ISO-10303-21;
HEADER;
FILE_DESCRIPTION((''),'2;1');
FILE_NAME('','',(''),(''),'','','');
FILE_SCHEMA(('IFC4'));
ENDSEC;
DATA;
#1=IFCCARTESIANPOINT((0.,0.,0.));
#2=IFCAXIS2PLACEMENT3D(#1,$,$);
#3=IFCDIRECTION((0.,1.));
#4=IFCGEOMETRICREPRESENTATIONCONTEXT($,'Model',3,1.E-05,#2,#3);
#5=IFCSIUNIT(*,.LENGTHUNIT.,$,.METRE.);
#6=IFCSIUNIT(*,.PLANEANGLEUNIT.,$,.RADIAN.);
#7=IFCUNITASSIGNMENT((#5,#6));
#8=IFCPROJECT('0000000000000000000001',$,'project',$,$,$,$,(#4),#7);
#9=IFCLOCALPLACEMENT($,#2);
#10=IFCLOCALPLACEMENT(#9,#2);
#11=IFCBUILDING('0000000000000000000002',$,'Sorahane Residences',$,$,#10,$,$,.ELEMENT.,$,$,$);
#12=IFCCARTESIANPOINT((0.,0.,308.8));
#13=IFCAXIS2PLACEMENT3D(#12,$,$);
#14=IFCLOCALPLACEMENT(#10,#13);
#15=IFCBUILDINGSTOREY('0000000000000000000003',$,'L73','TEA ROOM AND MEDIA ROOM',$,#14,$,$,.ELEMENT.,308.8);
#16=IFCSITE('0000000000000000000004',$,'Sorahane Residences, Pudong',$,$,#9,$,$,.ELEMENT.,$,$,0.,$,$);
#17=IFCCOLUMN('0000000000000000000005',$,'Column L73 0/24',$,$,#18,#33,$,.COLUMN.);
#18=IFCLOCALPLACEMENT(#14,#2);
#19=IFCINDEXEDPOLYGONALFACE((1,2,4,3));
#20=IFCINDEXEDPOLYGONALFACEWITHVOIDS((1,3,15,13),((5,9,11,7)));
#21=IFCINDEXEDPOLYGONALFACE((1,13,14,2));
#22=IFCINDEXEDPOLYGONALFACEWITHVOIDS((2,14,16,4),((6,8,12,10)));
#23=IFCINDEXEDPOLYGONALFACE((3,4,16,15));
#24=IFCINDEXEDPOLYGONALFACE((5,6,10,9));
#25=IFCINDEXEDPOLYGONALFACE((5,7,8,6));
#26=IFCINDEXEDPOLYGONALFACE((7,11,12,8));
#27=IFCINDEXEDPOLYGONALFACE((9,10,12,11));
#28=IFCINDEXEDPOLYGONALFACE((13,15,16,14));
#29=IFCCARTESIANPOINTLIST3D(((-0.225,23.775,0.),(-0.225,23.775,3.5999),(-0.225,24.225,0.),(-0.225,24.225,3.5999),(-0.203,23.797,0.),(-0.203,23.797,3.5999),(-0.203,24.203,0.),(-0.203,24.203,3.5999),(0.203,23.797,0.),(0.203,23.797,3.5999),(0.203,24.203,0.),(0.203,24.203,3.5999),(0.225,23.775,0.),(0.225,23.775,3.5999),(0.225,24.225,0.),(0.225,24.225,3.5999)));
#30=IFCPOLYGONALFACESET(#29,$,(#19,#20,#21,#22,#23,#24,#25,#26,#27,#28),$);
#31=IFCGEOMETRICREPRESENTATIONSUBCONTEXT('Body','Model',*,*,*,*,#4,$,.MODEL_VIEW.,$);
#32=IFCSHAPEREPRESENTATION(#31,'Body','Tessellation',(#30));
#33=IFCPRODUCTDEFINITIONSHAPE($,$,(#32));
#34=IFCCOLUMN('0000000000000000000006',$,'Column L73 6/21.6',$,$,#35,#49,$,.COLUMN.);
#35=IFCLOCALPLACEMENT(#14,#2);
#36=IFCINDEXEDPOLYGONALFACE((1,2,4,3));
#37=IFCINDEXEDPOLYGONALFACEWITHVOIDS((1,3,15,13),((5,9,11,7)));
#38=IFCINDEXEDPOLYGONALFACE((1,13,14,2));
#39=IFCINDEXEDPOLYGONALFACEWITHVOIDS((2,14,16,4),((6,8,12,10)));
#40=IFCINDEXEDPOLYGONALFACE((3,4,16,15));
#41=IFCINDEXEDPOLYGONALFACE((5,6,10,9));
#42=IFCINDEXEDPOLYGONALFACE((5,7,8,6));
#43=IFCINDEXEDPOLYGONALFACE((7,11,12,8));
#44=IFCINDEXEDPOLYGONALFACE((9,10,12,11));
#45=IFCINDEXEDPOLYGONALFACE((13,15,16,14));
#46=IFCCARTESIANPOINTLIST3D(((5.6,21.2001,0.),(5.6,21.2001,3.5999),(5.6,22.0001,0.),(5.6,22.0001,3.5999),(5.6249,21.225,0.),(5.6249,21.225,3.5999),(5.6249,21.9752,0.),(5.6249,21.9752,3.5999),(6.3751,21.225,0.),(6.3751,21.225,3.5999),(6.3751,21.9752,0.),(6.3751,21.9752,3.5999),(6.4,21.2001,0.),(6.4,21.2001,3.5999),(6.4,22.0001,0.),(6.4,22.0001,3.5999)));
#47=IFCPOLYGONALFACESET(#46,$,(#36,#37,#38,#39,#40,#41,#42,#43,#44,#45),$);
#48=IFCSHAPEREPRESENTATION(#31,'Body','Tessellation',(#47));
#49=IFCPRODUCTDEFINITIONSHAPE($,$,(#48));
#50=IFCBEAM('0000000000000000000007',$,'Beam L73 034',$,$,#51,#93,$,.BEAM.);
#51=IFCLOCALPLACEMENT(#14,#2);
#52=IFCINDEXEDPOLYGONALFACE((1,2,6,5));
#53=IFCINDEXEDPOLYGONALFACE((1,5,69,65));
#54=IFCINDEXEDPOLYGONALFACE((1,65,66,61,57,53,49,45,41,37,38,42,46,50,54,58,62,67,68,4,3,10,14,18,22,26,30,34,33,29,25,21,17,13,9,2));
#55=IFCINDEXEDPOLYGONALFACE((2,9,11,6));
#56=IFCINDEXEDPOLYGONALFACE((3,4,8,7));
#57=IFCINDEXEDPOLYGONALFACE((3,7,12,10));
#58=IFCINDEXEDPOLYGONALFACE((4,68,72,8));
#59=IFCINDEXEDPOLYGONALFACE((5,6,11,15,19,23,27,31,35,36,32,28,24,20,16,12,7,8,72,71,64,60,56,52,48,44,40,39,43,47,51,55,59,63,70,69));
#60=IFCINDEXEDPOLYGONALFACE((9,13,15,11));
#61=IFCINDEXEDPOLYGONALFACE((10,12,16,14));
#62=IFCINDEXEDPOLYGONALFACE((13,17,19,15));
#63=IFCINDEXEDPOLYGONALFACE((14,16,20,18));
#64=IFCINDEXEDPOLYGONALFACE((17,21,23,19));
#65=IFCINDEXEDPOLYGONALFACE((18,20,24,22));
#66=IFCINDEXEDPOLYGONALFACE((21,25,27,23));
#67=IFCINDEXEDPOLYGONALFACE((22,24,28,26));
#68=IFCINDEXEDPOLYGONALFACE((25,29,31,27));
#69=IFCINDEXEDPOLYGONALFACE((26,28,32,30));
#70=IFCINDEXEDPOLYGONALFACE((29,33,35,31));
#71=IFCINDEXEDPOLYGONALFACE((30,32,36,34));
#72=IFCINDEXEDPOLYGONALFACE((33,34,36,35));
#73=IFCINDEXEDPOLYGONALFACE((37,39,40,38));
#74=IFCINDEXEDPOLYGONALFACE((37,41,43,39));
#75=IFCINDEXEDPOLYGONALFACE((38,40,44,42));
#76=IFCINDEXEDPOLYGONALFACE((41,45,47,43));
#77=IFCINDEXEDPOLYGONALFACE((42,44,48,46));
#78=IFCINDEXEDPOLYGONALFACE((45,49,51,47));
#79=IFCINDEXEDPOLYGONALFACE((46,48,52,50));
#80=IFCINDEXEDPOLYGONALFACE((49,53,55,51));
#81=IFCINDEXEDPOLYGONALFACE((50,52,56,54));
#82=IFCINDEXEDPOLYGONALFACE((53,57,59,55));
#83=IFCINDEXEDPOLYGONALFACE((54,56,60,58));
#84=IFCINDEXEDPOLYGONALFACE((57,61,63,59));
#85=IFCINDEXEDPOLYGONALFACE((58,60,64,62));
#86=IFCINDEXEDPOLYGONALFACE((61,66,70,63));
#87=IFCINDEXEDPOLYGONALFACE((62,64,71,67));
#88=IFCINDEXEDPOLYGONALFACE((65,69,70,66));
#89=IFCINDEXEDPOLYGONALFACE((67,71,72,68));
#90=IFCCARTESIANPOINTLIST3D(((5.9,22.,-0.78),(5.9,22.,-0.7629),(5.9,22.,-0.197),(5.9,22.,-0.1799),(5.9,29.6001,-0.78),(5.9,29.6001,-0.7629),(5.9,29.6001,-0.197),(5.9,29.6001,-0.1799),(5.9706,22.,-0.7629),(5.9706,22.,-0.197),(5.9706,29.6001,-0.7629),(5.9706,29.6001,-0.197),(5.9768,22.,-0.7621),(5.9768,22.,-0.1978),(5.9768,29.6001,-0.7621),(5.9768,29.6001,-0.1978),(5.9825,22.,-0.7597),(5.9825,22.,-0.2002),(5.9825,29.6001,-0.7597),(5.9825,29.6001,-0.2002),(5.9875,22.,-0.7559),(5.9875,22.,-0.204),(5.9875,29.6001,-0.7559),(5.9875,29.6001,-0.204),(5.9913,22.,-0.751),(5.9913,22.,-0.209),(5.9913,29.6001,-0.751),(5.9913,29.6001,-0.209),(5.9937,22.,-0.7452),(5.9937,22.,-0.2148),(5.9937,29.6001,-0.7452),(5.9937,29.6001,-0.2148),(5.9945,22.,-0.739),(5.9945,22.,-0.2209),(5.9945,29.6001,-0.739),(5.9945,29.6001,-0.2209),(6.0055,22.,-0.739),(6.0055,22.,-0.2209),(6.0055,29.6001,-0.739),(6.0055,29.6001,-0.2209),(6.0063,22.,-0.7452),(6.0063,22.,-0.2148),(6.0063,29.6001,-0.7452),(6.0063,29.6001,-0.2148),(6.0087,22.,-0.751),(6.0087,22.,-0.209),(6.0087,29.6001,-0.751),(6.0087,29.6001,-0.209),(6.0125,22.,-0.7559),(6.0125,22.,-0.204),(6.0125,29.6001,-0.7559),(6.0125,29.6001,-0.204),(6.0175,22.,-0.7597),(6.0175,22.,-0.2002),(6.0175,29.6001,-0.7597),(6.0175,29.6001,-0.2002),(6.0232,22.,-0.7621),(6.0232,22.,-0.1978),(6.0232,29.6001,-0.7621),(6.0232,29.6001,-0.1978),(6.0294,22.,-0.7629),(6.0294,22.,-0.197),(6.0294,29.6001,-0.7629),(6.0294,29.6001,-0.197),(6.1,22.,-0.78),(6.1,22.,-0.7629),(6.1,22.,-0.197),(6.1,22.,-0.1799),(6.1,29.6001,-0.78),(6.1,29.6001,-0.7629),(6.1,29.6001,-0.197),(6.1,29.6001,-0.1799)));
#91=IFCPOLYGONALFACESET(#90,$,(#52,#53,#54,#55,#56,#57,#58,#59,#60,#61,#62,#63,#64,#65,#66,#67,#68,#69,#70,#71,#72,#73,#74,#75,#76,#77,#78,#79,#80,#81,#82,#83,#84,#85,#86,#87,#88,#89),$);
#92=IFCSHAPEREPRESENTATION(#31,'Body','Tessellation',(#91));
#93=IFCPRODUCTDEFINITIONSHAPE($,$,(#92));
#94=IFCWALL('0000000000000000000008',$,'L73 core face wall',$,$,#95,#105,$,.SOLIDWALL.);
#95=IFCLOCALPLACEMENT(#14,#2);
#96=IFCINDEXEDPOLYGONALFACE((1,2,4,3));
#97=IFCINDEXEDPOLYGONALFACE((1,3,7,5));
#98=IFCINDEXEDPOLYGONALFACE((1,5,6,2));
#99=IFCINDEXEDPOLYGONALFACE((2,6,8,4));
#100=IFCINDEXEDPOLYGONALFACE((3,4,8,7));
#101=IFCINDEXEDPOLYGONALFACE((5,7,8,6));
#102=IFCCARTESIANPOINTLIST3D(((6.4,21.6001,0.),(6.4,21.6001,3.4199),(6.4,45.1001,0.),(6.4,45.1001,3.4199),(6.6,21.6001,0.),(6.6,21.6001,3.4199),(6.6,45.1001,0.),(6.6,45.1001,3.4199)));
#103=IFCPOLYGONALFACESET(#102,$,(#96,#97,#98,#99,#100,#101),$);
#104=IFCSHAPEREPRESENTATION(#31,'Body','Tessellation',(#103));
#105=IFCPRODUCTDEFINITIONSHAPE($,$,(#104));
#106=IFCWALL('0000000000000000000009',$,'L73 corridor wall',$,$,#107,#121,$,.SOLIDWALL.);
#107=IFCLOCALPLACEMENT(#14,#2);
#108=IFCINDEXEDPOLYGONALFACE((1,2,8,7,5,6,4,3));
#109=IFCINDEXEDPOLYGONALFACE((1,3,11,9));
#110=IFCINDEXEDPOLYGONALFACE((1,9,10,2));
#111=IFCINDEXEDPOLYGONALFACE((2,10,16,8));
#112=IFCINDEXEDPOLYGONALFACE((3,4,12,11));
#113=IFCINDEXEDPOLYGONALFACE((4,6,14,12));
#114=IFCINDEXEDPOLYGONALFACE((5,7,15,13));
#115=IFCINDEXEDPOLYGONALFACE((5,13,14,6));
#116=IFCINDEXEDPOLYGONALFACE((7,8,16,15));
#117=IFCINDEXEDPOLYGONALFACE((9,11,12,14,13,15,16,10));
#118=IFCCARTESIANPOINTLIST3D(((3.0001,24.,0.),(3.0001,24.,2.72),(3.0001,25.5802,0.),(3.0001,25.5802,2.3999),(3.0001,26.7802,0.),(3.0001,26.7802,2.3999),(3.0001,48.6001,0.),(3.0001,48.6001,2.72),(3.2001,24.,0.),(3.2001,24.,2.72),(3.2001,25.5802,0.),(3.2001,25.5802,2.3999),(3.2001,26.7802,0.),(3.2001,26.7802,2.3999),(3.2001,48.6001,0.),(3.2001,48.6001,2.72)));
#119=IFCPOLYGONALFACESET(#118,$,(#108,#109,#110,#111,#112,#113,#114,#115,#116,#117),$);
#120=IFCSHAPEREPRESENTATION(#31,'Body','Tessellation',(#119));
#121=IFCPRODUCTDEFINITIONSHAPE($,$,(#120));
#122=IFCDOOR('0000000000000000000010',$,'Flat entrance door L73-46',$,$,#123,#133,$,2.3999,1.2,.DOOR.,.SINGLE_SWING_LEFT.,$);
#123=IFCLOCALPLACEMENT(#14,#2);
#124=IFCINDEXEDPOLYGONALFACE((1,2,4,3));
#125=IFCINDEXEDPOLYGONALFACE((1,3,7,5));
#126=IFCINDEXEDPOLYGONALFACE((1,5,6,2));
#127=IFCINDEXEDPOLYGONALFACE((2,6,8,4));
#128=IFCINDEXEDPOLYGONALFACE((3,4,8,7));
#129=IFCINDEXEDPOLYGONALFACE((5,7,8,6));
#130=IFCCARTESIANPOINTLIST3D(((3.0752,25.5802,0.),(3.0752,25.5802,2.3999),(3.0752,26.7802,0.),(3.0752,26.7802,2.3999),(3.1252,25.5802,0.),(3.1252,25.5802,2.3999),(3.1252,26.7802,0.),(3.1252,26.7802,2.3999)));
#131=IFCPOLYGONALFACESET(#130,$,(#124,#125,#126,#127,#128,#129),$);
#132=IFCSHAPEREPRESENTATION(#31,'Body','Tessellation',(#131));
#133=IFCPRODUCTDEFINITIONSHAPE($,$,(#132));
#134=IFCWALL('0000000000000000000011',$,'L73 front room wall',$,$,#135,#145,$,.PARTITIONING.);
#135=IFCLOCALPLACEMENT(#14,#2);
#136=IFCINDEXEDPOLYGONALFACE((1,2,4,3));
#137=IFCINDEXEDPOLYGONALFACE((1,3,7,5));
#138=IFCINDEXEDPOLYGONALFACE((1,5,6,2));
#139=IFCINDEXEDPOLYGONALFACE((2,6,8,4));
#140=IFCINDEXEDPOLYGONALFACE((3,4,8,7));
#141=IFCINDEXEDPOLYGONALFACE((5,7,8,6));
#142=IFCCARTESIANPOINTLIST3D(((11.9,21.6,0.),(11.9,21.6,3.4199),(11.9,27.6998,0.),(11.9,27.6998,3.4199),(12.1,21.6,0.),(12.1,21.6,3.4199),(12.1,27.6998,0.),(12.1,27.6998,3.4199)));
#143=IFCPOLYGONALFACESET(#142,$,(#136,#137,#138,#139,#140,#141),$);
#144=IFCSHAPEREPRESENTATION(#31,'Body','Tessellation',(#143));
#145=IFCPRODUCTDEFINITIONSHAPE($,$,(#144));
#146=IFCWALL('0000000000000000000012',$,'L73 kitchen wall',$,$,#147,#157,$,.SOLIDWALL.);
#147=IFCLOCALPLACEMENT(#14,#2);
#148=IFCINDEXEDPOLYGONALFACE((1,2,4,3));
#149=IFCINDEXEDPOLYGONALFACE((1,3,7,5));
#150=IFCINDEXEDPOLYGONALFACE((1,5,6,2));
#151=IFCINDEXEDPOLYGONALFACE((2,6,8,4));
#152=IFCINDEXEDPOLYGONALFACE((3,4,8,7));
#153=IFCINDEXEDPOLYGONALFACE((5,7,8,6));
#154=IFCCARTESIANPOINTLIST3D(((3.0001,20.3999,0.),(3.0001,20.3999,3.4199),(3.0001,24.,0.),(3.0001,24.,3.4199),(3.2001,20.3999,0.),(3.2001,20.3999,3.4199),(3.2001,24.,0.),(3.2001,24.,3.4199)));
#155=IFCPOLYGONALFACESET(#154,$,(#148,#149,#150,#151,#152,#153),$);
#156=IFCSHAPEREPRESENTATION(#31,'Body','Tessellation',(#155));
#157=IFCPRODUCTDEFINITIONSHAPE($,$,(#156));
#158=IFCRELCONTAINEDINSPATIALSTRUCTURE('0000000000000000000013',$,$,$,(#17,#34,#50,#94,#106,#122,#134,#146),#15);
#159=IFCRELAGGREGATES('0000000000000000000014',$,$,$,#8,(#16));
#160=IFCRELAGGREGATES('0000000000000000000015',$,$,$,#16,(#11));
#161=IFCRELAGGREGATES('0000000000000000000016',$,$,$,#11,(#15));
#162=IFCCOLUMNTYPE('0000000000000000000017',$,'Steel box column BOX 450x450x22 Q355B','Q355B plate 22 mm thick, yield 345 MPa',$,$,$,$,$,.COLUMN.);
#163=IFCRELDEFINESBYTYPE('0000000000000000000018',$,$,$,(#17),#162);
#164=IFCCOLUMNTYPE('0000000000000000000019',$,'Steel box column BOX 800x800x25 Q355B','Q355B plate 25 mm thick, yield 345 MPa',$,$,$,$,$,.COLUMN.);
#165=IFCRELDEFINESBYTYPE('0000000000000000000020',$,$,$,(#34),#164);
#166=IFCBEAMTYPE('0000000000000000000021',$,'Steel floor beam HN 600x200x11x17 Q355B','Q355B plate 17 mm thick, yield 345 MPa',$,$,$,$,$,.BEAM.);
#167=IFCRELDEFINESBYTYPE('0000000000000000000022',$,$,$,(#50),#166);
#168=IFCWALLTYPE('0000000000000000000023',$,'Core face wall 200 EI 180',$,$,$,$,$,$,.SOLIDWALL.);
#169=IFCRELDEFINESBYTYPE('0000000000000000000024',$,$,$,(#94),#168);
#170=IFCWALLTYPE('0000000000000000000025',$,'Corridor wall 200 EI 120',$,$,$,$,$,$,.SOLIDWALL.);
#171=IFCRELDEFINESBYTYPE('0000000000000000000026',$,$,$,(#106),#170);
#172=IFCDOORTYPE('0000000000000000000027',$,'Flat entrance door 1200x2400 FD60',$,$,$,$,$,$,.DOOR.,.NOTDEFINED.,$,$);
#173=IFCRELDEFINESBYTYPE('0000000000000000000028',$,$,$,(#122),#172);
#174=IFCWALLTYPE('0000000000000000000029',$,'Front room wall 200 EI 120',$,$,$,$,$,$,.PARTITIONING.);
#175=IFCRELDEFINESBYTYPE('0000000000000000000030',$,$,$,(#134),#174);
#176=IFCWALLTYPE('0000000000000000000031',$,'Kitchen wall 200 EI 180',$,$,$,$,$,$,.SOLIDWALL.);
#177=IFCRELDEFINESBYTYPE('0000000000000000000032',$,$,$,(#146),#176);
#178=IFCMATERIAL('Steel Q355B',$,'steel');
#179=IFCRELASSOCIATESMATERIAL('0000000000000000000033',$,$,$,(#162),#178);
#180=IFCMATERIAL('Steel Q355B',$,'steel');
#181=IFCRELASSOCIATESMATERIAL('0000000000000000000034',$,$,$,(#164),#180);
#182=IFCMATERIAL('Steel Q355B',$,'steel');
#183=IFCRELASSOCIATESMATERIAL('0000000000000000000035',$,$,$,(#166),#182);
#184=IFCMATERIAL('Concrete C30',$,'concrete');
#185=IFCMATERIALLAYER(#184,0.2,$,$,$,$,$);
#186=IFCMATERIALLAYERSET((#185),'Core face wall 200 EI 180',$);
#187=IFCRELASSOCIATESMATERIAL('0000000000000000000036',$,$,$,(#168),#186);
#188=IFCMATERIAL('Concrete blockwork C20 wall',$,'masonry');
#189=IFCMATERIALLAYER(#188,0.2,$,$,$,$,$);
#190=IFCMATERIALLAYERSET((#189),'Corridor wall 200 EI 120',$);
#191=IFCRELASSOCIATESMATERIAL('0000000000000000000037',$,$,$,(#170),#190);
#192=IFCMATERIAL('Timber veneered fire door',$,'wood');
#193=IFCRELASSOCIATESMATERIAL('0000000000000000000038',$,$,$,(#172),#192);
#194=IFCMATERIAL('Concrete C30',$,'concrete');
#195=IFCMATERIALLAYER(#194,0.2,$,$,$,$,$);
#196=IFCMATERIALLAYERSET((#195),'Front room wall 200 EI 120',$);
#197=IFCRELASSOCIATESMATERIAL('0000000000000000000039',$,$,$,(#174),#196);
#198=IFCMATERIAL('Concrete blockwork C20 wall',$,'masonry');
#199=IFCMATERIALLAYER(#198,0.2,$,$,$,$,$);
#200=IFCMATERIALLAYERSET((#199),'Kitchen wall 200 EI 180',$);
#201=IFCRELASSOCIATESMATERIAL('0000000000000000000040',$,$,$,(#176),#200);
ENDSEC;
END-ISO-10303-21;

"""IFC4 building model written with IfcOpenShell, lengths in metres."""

from ifc_helpers import new_model, si_unit, direction, frame, frame_2d, origin, origin_2d, place, context, subcontext, project, spatial, rectangle, hollow_rectangle, i_section, extrude, material, layer, layer_set, material_profile, profile_set, type_object, element, fill, save


model = new_model("IFC4")

# Units and contexts
model_context = context("Model", 3, precision=1e-05, world=origin(), true_north=direction((0.0, 1.0)))
body_context = subcontext(model_context, "Body", "Model", "MODEL_VIEW")
ifc_project = project(units=[si_unit("LENGTHUNIT", "METRE"), si_unit("PLANEANGLEUNIT", "RADIAN")], contexts=[model_context])

# Site, building, storey
site_placement = place(None, origin())
site = spatial("IfcSite", under=ifc_project, at=site_placement, Name="Sorahane Residences, Pudong", CompositionType="ELEMENT", RefElevation=0.0)
building_placement = place(site_placement, origin())
building = spatial("IfcBuilding", under=site, at=building_placement, Name="Sorahane Residences", CompositionType="ELEMENT")
storey_placement = place(building_placement, frame((0.0, 0.0, 308.8)))
storey = spatial("IfcBuildingStorey", under=building, at=storey_placement, Name="L73", Description="TEA ROOM AND MEDIA ROOM", CompositionType="ELEMENT", Elevation=308.8)

# Columns
ifc_material_1 = material(Name="Steel Q355B", Category="steel")
ifc_material_profile_1 = material_profile(ifc_material_1, hollow_rectangle(XDim=0.45, YDim=0.45, WallThickness=0.022, at=origin_2d()), Name="BOX 450x450x22")
ifc_profile_set_1 = profile_set([ifc_material_profile_1], Name="Steel Q355B")
column_type_1 = type_object("IfcColumnType", Name="Steel box column BOX 450x450x22 Q355B", Description="Q355B plate 22 mm thick, yield 345 MPa", PredefinedType="COLUMN", material=ifc_profile_set_1)
column_1_placement = place(storey_placement, frame((0.0, 24.0, 0.0), z_axis=(0.0, 0.0, 1.0), x_axis=(1.0, 0.0, 0.0)))
element("IfcColumn", 1, at=column_1_placement, inside=storey, type_object=column_type_1, Name="Column L73 0/24", PredefinedType="COLUMN", context=body_context, shape_type="SweptSolid", body=[
    extrude(hollow_rectangle(XDim=0.45, YDim=0.45, WallThickness=0.022, at=origin_2d()), origin(), (0.0, 0.0, 1.0), 3.5999),
])
ifc_material_2 = material(Name="Steel Q355B", Category="steel")
ifc_material_profile_2 = material_profile(ifc_material_2, hollow_rectangle(XDim=0.8, YDim=0.8, WallThickness=0.0249, at=origin_2d()), Name="BOX 800x800x25")
ifc_profile_set_2 = profile_set([ifc_material_profile_2], Name="Steel Q355B")
column_type_2 = type_object("IfcColumnType", Name="Steel box column BOX 800x800x25 Q355B", Description="Q355B plate 25 mm thick, yield 345 MPa", PredefinedType="COLUMN", material=ifc_profile_set_2)
column_2_placement = place(storey_placement, frame((6.0, 21.6001, 0.0), z_axis=(0.0, 0.0, 1.0), x_axis=(1.0, 0.0, 0.0)))
element("IfcColumn", 2, at=column_2_placement, inside=storey, type_object=column_type_2, Name="Column L73 6/21.6", PredefinedType="COLUMN", context=body_context, shape_type="SweptSolid", body=[
    extrude(hollow_rectangle(XDim=0.8, YDim=0.8, WallThickness=0.0249, at=origin_2d()), origin(), (0.0, 0.0, 1.0), 3.5999),
])

# Beam
ifc_material_3 = material(Name="Steel Q355B", Category="steel")
ifc_material_profile_3 = material_profile(ifc_material_3, i_section(OverallWidth=0.2, OverallDepth=0.6001, WebThickness=0.011, FlangeThickness=0.0171, FilletRadius=0.0239, at=origin_2d()), Name="HN 600x200x11x17")
ifc_profile_set_3 = profile_set([ifc_material_profile_3], Name="Steel Q355B")
beam_type = type_object("IfcBeamType", Name="Steel floor beam HN 600x200x11x17 Q355B", Description="Q355B plate 17 mm thick, yield 345 MPa", PredefinedType="BEAM", material=ifc_profile_set_3)
beam_placement = place(storey_placement, frame((6.0, 22.0, -0.48), z_axis=(0.0, 1.0, 0.0), x_axis=(-1.0, 0.0, 0.0)))
element("IfcBeam", 3, at=beam_placement, inside=storey, type_object=beam_type, Name="Beam L73 034", PredefinedType="BEAM", context=body_context, shape_type="SweptSolid", body=[
    extrude(i_section(OverallWidth=0.2, OverallDepth=0.6001, WebThickness=0.011, FlangeThickness=0.0171, FilletRadius=0.0239, at=origin_2d()), origin(), (0.0, 0.0, 1.0), 7.6001),
])

# Wall
ifc_material_4 = material(Name="Concrete C30", Category="concrete")
ifc_layer_1 = layer(ifc_material_4, 0.2)
ifc_layer_set_1 = layer_set([ifc_layer_1], Name="Core face wall 200 EI 180")
wall_type_1 = type_object("IfcWallType", Name="Core face wall 200 EI 180", PredefinedType="SOLIDWALL", material=ifc_layer_set_1)
wall_1_placement = place(storey_placement, frame((6.5, 21.6001, 0.0), z_axis=(0.0, 0.0, 1.0), x_axis=(0.0, 1.0, 0.0)))
element("IfcWall", 4, at=wall_1_placement, inside=storey, type_object=wall_type_1, Name="L73 core face wall", PredefinedType="SOLIDWALL", context=body_context, shape_type="SweptSolid", body=[
    extrude(rectangle(XDim=23.5, YDim=0.2, at=frame_2d((11.75, 0.0))), origin(), (0.0, 0.0, 1.0), 3.4199),
])

# Wall, opening, door
ifc_material_5 = material(Name="Concrete blockwork C20 wall", Category="masonry")
ifc_layer_2 = layer(ifc_material_5, 0.2)
ifc_layer_set_2 = layer_set([ifc_layer_2], Name="Corridor wall 200 EI 120")
wall_type_2 = type_object("IfcWallType", Name="Corridor wall 200 EI 120", PredefinedType="SOLIDWALL", material=ifc_layer_set_2)
wall_2_placement = place(storey_placement, frame((3.1001, 24.0, 0.0), z_axis=(0.0, 0.0, 1.0), x_axis=(0.0, 1.0, 0.0)))
wall_2 = element("IfcWall", 5, at=wall_2_placement, inside=storey, type_object=wall_type_2, Name="L73 corridor wall", PredefinedType="SOLIDWALL", context=body_context, shape_type="SweptSolid", body=[
    extrude(rectangle(XDim=24.6001, YDim=0.2, at=frame_2d((12.3, 0.0))), origin(), (0.0, 0.0, 1.0), 2.72),
])
opening_1_placement = place(wall_2_placement, frame((1.5801, 0.0, 0.0)))
opening_1 = element("IfcOpeningElement", 6, at=opening_1_placement, cuts=wall_2, PredefinedType="OPENING", context=body_context, shape_type="SweptSolid", body=[
    extrude(rectangle(XDim=1.2, YDim=2.3999, at=frame_2d((0.6001, 1.2))), frame((0.0, 0.1099, 0.0), z_axis=(0.0, -1.0, 0.0), x_axis=(1.0, 0.0, 0.0)), (0.0, 0.0, 1.0), 0.22),
])
ifc_material_6 = material(Name="Timber veneered fire door", Category="wood")
door_type_1 = type_object("IfcDoorType", Name="Flat entrance door 1200x2400 FD60", OperationType="NOTDEFINED", PredefinedType="DOOR", material=ifc_material_6)
door_1_placement = place(opening_1_placement, origin())
door_1 = element("IfcDoor", 7, at=door_1_placement, inside=storey, type_object=door_type_1, Name="Flat entrance door L73-46", OperationType="SINGLE_SWING_LEFT", OverallHeight=2.3999, OverallWidth=1.2, PredefinedType="DOOR", context=body_context, shape_type="SweptSolid", body=[
    extrude(rectangle(XDim=1.2, YDim=2.3999, at=frame_2d((0.6001, 1.2))), frame((0.0, 0.0249, 0.0), z_axis=(0.0, -1.0, 0.0), x_axis=(1.0, 0.0, 0.0)), (0.0, 0.0, 1.0), 0.05),
])
fill(opening_1, door_1)

# Walls
ifc_material_7 = material(Name="Concrete C30", Category="concrete")
ifc_layer_3 = layer(ifc_material_7, 0.2)
ifc_layer_set_3 = layer_set([ifc_layer_3], Name="Front room wall 200 EI 120")
wall_type_3 = type_object("IfcWallType", Name="Front room wall 200 EI 120", PredefinedType="PARTITIONING", material=ifc_layer_set_3)
wall_3_placement = place(storey_placement, frame((12.0, 21.6001, 0.0), z_axis=(0.0, 0.0, 1.0), x_axis=(0.0, 1.0, 0.0)))
element("IfcWall", 8, at=wall_3_placement, inside=storey, type_object=wall_type_3, Name="L73 front room wall", PredefinedType="PARTITIONING", context=body_context, shape_type="SweptSolid", body=[
    extrude(rectangle(XDim=6.0999, YDim=0.2, at=frame_2d((3.0498, 0.0))), origin(), (0.0, 0.0, 1.0), 3.4199),
])
ifc_material_8 = material(Name="Concrete blockwork C20 wall", Category="masonry")
ifc_layer_4 = layer(ifc_material_8, 0.2)
ifc_layer_set_4 = layer_set([ifc_layer_4], Name="Kitchen wall 200 EI 180")
wall_type_4 = type_object("IfcWallType", Name="Kitchen wall 200 EI 180", PredefinedType="SOLIDWALL", material=ifc_layer_set_4)
wall_4_placement = place(storey_placement, frame((3.1001, 20.3999, 0.0), z_axis=(0.0, 0.0, 1.0), x_axis=(0.0, 1.0, 0.0)))
element("IfcWall", 9, at=wall_4_placement, inside=storey, type_object=wall_type_4, Name="L73 kitchen wall", PredefinedType="SOLIDWALL", context=body_context, shape_type="SweptSolid", body=[
    extrude(rectangle(XDim=3.6001, YDim=0.2, at=frame_2d((1.8, 0.0))), origin(), (0.0, 0.0, 1.0), 3.4199),
])

save(model, "model.ifc")
